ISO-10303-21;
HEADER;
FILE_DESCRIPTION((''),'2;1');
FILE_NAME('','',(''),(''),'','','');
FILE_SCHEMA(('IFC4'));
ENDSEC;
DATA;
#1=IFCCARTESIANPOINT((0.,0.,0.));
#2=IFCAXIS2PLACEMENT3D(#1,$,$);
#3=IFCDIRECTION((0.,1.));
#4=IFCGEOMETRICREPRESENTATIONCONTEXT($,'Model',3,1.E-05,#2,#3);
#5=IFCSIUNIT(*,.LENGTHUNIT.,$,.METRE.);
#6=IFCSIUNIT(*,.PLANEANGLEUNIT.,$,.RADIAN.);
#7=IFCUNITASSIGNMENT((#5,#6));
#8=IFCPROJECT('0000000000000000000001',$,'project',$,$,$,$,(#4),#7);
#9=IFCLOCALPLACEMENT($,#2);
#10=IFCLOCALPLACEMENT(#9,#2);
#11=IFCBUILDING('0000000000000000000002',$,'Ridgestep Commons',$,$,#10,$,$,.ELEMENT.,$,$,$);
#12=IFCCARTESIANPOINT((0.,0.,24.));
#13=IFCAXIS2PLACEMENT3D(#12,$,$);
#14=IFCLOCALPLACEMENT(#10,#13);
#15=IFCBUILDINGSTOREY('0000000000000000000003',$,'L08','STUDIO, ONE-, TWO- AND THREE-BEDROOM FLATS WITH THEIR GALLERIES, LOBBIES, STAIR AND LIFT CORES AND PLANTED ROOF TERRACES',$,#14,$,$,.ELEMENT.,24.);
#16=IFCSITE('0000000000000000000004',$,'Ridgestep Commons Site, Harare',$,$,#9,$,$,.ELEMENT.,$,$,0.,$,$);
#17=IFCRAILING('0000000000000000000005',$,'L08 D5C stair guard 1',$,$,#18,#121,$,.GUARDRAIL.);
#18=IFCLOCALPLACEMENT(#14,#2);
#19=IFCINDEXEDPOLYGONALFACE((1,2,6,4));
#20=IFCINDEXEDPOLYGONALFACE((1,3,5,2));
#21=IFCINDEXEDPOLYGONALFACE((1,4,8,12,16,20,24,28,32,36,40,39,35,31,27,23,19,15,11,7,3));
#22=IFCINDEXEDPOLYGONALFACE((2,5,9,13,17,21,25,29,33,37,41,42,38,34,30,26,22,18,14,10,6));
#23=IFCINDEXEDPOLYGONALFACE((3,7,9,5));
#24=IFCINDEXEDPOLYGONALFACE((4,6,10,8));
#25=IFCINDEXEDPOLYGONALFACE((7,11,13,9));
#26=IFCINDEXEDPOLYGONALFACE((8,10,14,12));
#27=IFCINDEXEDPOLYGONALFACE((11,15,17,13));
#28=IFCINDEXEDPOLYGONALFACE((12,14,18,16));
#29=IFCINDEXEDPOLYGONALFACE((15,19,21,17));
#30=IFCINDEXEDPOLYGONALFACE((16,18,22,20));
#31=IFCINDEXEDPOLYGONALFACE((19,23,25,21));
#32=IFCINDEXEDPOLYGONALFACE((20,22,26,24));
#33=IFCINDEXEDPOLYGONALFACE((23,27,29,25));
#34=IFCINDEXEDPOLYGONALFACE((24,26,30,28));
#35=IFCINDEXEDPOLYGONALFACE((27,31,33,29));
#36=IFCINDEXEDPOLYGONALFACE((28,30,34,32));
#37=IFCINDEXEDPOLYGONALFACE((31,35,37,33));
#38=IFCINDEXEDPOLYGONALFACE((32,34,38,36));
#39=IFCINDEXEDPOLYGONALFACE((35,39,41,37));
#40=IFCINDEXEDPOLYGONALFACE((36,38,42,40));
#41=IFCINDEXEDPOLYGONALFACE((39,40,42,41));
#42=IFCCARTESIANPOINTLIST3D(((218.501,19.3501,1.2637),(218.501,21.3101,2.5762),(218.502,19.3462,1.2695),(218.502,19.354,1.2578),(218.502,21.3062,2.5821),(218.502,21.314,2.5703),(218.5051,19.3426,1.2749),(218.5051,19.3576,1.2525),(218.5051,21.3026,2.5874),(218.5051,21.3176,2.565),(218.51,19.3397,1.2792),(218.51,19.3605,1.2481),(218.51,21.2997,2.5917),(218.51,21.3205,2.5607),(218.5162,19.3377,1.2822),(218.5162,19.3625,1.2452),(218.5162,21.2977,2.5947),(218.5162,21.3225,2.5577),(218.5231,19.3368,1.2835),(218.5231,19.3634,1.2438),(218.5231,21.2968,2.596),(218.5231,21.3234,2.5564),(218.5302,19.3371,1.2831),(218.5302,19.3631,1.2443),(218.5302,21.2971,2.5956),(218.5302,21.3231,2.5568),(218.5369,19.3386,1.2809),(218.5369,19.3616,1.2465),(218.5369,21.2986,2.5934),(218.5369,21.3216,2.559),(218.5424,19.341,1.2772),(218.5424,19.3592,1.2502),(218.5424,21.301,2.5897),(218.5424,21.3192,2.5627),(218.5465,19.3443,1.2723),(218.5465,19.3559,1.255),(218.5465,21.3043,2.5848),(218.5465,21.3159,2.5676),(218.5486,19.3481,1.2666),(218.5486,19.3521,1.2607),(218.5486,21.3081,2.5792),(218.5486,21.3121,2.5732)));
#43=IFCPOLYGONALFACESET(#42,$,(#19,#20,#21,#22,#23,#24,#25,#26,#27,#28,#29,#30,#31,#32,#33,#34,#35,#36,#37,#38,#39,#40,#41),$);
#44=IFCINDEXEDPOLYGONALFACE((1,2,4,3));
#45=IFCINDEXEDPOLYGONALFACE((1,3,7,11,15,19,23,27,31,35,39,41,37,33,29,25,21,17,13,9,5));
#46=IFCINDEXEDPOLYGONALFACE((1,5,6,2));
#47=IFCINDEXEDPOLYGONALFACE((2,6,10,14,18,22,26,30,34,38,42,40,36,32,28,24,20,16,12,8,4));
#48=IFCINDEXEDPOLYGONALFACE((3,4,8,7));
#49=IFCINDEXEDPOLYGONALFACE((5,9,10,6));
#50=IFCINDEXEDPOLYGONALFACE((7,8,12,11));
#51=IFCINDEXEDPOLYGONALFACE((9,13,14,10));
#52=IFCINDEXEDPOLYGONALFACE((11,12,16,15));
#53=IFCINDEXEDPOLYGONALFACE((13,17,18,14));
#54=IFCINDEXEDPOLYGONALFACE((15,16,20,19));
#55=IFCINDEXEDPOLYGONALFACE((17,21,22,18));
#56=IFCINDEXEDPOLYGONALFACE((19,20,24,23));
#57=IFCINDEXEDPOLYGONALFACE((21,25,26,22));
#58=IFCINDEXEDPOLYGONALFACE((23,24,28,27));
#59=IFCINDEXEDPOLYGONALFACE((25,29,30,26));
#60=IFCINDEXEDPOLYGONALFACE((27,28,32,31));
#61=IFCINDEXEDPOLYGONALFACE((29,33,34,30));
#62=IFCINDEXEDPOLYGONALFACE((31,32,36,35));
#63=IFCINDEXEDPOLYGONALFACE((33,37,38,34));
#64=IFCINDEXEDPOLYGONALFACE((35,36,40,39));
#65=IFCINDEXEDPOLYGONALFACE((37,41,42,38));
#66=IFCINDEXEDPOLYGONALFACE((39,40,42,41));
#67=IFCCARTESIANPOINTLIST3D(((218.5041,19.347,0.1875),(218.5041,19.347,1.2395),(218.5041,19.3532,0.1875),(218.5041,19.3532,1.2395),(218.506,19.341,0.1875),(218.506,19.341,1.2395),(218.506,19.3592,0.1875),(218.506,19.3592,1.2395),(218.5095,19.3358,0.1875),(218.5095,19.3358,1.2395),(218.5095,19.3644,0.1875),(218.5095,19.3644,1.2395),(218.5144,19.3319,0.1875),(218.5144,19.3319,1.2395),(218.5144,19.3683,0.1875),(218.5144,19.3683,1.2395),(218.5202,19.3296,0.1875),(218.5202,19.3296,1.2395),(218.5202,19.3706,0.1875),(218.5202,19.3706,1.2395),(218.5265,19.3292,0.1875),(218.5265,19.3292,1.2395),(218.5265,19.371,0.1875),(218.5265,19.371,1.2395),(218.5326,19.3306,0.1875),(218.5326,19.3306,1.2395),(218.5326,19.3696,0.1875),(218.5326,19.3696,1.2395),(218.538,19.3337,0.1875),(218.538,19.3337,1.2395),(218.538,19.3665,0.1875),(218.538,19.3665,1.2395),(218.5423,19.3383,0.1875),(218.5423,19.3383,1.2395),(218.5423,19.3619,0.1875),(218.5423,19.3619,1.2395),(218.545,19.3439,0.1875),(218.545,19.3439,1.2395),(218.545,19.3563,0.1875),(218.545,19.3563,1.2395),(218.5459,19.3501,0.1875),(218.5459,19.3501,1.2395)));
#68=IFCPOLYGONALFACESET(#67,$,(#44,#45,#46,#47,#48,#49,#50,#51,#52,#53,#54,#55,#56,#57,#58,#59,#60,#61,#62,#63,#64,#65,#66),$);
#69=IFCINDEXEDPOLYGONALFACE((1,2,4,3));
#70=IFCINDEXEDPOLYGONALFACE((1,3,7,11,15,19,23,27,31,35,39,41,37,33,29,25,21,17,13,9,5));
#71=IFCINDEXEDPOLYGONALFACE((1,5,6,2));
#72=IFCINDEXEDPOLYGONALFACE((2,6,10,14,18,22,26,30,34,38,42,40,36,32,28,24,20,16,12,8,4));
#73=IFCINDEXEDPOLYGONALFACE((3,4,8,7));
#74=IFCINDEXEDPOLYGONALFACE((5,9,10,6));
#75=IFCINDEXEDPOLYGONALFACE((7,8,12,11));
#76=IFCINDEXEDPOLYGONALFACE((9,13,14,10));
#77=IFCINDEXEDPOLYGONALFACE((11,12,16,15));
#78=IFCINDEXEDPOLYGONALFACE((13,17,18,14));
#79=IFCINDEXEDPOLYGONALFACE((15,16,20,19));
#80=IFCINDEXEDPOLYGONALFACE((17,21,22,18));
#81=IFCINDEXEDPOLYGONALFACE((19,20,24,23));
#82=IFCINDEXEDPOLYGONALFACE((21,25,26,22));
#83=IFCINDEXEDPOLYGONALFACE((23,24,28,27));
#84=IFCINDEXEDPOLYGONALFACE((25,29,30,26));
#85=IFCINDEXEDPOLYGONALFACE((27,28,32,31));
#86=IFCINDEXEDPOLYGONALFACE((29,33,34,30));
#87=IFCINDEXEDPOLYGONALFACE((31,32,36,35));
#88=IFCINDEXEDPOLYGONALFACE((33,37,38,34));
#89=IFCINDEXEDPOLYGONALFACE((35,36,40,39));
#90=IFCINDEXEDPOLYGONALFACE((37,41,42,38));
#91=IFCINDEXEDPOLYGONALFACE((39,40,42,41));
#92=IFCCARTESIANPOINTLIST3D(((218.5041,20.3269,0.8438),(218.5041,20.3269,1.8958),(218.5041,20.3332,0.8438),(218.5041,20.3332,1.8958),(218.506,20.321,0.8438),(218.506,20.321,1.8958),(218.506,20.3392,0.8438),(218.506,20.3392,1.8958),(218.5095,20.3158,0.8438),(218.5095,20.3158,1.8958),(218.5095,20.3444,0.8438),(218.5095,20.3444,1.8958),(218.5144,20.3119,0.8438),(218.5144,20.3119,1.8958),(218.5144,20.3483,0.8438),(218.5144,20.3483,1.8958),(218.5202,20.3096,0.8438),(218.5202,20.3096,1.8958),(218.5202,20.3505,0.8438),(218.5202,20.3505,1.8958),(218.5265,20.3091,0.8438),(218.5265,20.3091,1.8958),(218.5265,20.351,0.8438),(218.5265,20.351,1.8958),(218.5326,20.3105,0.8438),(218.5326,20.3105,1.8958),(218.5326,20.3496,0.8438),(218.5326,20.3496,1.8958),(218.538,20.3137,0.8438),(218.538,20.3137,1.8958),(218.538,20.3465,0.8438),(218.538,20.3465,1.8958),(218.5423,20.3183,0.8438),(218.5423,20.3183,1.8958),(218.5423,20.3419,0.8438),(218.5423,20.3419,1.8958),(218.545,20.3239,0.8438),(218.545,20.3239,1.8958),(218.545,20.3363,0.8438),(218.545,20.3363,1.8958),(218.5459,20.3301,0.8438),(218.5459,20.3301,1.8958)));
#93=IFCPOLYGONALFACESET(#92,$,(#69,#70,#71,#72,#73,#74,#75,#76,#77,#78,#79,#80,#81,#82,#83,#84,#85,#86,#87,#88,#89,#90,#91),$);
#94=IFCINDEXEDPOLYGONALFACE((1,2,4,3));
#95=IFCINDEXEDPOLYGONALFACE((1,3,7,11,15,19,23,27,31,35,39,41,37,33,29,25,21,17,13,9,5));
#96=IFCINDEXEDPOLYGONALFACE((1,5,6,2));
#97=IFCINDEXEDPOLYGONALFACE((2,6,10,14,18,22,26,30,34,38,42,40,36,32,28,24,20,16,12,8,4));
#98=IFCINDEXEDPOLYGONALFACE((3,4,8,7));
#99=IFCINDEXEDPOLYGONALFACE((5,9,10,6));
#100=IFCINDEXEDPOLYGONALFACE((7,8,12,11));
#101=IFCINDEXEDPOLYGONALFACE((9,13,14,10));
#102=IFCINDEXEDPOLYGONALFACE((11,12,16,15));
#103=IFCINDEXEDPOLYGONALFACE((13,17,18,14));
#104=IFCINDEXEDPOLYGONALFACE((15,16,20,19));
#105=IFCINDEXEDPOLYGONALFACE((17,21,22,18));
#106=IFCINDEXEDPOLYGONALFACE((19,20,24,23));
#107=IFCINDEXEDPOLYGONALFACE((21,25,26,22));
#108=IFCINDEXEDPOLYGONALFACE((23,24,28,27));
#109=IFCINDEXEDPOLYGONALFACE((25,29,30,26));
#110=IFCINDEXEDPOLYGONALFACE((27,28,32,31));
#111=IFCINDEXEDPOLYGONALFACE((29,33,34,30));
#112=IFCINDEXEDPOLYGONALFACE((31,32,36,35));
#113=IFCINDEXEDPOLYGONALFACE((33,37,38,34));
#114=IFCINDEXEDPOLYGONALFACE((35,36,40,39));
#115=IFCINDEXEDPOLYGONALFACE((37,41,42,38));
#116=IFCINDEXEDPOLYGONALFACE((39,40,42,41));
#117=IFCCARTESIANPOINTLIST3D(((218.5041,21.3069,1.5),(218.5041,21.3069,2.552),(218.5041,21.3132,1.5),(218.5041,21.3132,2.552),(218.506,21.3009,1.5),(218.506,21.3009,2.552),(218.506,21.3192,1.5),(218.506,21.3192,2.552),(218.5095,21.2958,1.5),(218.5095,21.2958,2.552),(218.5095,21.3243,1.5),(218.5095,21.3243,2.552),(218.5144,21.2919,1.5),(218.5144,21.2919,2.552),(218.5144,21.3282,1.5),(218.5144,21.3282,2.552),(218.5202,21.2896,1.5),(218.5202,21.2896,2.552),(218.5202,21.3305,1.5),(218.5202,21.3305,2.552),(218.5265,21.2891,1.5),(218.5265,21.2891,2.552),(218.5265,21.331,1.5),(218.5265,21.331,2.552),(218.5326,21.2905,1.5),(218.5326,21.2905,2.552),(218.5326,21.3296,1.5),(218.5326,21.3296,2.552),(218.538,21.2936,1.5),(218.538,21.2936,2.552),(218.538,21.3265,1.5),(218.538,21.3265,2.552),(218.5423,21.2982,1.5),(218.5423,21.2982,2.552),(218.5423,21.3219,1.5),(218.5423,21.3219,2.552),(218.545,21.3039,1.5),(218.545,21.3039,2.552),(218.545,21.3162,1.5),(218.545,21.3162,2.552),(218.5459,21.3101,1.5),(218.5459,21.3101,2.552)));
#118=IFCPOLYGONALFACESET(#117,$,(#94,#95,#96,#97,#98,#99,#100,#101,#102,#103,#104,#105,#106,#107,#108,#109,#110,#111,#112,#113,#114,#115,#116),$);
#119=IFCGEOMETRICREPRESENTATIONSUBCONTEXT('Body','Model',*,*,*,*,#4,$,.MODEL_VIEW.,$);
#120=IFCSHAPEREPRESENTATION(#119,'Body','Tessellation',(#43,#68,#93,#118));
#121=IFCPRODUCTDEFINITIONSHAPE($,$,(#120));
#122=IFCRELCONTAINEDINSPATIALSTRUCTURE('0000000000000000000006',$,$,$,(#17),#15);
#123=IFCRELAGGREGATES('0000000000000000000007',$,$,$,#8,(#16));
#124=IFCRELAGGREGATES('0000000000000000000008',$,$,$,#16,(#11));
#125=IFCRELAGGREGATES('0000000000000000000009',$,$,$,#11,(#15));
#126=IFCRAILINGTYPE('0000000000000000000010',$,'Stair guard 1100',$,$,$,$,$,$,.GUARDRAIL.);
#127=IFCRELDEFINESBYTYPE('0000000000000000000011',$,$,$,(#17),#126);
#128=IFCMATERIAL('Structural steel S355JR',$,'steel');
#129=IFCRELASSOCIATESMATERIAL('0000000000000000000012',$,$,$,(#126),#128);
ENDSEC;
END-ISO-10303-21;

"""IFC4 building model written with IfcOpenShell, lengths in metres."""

from ifc_helpers import new_model, si_unit, direction, frame, origin, origin_2d, place, context, subcontext, project, spatial, circle, extrude, material, type_object, element, save


model = new_model("IFC4")

# Units and contexts
model_context = context("Model", 3, precision=1e-05, world=origin(), true_north=direction((0.0, 1.0)))
body_context = subcontext(model_context, "Body", "Model", "MODEL_VIEW")
ifc_project = project(units=[si_unit("LENGTHUNIT", "METRE"), si_unit("PLANEANGLEUNIT", "RADIAN")], contexts=[model_context])

# Site, building, storey
site_placement = place(None, origin())
site = spatial("IfcSite", under=ifc_project, at=site_placement, Name="Ridgestep Commons Site, Harare", CompositionType="ELEMENT", RefElevation=0.0)
building_placement = place(site_placement, origin())
building = spatial("IfcBuilding", under=site, at=building_placement, Name="Ridgestep Commons", CompositionType="ELEMENT")
storey_placement = place(building_placement, frame((0.0, 0.0, 24.0)))
storey = spatial("IfcBuildingStorey", under=building, at=storey_placement, Name="L08", Description="STUDIO, ONE-, TWO- AND THREE-BEDROOM FLATS WITH THEIR GALLERIES, LOBBIES, STAIR AND LIFT CORES AND PLANTED ROOF TERRACES", CompositionType="ELEMENT", Elevation=24.0)

# Railing
ifc_material_1 = material(Name="Structural steel S355JR", Category="steel")
railing_type_1 = type_object("IfcRailingType", Name="Stair guard 1100", PredefinedType="GUARDRAIL", material=ifc_material_1)
railing_1_placement = place(storey_placement, frame((218.5249, 19.3501, 0.1875)))
element("IfcRailing", 1, at=railing_1_placement, inside=storey, type_object=railing_type_1, Name="L08 D5C stair guard 1", PredefinedType="GUARDRAIL", context=body_context, shape_type="SweptSolid", body=[
    extrude(circle(Radius=0.0239, at=origin_2d()), frame((0.0, 0.0, 1.0762), z_axis=(0.0, 0.830902, 0.556419), x_axis=(-1.0, 0.0, 0.0)), (0.0, 0.0, 1.0), 2.3589),
    extrude(circle(Radius=0.021, at=origin_2d()), origin(), (0.0, 0.0, 1.0), 1.052),
    extrude(circle(Radius=0.021, at=origin_2d()), frame((0.0, 0.98, 0.6562)), (0.0, 0.0, 1.0), 1.052),
    extrude(circle(Radius=0.021, at=origin_2d()), frame((0.0, 1.96, 1.3125)), (0.0, 0.0, 1.0), 1.052),
])

save(model, "model.ifc")
